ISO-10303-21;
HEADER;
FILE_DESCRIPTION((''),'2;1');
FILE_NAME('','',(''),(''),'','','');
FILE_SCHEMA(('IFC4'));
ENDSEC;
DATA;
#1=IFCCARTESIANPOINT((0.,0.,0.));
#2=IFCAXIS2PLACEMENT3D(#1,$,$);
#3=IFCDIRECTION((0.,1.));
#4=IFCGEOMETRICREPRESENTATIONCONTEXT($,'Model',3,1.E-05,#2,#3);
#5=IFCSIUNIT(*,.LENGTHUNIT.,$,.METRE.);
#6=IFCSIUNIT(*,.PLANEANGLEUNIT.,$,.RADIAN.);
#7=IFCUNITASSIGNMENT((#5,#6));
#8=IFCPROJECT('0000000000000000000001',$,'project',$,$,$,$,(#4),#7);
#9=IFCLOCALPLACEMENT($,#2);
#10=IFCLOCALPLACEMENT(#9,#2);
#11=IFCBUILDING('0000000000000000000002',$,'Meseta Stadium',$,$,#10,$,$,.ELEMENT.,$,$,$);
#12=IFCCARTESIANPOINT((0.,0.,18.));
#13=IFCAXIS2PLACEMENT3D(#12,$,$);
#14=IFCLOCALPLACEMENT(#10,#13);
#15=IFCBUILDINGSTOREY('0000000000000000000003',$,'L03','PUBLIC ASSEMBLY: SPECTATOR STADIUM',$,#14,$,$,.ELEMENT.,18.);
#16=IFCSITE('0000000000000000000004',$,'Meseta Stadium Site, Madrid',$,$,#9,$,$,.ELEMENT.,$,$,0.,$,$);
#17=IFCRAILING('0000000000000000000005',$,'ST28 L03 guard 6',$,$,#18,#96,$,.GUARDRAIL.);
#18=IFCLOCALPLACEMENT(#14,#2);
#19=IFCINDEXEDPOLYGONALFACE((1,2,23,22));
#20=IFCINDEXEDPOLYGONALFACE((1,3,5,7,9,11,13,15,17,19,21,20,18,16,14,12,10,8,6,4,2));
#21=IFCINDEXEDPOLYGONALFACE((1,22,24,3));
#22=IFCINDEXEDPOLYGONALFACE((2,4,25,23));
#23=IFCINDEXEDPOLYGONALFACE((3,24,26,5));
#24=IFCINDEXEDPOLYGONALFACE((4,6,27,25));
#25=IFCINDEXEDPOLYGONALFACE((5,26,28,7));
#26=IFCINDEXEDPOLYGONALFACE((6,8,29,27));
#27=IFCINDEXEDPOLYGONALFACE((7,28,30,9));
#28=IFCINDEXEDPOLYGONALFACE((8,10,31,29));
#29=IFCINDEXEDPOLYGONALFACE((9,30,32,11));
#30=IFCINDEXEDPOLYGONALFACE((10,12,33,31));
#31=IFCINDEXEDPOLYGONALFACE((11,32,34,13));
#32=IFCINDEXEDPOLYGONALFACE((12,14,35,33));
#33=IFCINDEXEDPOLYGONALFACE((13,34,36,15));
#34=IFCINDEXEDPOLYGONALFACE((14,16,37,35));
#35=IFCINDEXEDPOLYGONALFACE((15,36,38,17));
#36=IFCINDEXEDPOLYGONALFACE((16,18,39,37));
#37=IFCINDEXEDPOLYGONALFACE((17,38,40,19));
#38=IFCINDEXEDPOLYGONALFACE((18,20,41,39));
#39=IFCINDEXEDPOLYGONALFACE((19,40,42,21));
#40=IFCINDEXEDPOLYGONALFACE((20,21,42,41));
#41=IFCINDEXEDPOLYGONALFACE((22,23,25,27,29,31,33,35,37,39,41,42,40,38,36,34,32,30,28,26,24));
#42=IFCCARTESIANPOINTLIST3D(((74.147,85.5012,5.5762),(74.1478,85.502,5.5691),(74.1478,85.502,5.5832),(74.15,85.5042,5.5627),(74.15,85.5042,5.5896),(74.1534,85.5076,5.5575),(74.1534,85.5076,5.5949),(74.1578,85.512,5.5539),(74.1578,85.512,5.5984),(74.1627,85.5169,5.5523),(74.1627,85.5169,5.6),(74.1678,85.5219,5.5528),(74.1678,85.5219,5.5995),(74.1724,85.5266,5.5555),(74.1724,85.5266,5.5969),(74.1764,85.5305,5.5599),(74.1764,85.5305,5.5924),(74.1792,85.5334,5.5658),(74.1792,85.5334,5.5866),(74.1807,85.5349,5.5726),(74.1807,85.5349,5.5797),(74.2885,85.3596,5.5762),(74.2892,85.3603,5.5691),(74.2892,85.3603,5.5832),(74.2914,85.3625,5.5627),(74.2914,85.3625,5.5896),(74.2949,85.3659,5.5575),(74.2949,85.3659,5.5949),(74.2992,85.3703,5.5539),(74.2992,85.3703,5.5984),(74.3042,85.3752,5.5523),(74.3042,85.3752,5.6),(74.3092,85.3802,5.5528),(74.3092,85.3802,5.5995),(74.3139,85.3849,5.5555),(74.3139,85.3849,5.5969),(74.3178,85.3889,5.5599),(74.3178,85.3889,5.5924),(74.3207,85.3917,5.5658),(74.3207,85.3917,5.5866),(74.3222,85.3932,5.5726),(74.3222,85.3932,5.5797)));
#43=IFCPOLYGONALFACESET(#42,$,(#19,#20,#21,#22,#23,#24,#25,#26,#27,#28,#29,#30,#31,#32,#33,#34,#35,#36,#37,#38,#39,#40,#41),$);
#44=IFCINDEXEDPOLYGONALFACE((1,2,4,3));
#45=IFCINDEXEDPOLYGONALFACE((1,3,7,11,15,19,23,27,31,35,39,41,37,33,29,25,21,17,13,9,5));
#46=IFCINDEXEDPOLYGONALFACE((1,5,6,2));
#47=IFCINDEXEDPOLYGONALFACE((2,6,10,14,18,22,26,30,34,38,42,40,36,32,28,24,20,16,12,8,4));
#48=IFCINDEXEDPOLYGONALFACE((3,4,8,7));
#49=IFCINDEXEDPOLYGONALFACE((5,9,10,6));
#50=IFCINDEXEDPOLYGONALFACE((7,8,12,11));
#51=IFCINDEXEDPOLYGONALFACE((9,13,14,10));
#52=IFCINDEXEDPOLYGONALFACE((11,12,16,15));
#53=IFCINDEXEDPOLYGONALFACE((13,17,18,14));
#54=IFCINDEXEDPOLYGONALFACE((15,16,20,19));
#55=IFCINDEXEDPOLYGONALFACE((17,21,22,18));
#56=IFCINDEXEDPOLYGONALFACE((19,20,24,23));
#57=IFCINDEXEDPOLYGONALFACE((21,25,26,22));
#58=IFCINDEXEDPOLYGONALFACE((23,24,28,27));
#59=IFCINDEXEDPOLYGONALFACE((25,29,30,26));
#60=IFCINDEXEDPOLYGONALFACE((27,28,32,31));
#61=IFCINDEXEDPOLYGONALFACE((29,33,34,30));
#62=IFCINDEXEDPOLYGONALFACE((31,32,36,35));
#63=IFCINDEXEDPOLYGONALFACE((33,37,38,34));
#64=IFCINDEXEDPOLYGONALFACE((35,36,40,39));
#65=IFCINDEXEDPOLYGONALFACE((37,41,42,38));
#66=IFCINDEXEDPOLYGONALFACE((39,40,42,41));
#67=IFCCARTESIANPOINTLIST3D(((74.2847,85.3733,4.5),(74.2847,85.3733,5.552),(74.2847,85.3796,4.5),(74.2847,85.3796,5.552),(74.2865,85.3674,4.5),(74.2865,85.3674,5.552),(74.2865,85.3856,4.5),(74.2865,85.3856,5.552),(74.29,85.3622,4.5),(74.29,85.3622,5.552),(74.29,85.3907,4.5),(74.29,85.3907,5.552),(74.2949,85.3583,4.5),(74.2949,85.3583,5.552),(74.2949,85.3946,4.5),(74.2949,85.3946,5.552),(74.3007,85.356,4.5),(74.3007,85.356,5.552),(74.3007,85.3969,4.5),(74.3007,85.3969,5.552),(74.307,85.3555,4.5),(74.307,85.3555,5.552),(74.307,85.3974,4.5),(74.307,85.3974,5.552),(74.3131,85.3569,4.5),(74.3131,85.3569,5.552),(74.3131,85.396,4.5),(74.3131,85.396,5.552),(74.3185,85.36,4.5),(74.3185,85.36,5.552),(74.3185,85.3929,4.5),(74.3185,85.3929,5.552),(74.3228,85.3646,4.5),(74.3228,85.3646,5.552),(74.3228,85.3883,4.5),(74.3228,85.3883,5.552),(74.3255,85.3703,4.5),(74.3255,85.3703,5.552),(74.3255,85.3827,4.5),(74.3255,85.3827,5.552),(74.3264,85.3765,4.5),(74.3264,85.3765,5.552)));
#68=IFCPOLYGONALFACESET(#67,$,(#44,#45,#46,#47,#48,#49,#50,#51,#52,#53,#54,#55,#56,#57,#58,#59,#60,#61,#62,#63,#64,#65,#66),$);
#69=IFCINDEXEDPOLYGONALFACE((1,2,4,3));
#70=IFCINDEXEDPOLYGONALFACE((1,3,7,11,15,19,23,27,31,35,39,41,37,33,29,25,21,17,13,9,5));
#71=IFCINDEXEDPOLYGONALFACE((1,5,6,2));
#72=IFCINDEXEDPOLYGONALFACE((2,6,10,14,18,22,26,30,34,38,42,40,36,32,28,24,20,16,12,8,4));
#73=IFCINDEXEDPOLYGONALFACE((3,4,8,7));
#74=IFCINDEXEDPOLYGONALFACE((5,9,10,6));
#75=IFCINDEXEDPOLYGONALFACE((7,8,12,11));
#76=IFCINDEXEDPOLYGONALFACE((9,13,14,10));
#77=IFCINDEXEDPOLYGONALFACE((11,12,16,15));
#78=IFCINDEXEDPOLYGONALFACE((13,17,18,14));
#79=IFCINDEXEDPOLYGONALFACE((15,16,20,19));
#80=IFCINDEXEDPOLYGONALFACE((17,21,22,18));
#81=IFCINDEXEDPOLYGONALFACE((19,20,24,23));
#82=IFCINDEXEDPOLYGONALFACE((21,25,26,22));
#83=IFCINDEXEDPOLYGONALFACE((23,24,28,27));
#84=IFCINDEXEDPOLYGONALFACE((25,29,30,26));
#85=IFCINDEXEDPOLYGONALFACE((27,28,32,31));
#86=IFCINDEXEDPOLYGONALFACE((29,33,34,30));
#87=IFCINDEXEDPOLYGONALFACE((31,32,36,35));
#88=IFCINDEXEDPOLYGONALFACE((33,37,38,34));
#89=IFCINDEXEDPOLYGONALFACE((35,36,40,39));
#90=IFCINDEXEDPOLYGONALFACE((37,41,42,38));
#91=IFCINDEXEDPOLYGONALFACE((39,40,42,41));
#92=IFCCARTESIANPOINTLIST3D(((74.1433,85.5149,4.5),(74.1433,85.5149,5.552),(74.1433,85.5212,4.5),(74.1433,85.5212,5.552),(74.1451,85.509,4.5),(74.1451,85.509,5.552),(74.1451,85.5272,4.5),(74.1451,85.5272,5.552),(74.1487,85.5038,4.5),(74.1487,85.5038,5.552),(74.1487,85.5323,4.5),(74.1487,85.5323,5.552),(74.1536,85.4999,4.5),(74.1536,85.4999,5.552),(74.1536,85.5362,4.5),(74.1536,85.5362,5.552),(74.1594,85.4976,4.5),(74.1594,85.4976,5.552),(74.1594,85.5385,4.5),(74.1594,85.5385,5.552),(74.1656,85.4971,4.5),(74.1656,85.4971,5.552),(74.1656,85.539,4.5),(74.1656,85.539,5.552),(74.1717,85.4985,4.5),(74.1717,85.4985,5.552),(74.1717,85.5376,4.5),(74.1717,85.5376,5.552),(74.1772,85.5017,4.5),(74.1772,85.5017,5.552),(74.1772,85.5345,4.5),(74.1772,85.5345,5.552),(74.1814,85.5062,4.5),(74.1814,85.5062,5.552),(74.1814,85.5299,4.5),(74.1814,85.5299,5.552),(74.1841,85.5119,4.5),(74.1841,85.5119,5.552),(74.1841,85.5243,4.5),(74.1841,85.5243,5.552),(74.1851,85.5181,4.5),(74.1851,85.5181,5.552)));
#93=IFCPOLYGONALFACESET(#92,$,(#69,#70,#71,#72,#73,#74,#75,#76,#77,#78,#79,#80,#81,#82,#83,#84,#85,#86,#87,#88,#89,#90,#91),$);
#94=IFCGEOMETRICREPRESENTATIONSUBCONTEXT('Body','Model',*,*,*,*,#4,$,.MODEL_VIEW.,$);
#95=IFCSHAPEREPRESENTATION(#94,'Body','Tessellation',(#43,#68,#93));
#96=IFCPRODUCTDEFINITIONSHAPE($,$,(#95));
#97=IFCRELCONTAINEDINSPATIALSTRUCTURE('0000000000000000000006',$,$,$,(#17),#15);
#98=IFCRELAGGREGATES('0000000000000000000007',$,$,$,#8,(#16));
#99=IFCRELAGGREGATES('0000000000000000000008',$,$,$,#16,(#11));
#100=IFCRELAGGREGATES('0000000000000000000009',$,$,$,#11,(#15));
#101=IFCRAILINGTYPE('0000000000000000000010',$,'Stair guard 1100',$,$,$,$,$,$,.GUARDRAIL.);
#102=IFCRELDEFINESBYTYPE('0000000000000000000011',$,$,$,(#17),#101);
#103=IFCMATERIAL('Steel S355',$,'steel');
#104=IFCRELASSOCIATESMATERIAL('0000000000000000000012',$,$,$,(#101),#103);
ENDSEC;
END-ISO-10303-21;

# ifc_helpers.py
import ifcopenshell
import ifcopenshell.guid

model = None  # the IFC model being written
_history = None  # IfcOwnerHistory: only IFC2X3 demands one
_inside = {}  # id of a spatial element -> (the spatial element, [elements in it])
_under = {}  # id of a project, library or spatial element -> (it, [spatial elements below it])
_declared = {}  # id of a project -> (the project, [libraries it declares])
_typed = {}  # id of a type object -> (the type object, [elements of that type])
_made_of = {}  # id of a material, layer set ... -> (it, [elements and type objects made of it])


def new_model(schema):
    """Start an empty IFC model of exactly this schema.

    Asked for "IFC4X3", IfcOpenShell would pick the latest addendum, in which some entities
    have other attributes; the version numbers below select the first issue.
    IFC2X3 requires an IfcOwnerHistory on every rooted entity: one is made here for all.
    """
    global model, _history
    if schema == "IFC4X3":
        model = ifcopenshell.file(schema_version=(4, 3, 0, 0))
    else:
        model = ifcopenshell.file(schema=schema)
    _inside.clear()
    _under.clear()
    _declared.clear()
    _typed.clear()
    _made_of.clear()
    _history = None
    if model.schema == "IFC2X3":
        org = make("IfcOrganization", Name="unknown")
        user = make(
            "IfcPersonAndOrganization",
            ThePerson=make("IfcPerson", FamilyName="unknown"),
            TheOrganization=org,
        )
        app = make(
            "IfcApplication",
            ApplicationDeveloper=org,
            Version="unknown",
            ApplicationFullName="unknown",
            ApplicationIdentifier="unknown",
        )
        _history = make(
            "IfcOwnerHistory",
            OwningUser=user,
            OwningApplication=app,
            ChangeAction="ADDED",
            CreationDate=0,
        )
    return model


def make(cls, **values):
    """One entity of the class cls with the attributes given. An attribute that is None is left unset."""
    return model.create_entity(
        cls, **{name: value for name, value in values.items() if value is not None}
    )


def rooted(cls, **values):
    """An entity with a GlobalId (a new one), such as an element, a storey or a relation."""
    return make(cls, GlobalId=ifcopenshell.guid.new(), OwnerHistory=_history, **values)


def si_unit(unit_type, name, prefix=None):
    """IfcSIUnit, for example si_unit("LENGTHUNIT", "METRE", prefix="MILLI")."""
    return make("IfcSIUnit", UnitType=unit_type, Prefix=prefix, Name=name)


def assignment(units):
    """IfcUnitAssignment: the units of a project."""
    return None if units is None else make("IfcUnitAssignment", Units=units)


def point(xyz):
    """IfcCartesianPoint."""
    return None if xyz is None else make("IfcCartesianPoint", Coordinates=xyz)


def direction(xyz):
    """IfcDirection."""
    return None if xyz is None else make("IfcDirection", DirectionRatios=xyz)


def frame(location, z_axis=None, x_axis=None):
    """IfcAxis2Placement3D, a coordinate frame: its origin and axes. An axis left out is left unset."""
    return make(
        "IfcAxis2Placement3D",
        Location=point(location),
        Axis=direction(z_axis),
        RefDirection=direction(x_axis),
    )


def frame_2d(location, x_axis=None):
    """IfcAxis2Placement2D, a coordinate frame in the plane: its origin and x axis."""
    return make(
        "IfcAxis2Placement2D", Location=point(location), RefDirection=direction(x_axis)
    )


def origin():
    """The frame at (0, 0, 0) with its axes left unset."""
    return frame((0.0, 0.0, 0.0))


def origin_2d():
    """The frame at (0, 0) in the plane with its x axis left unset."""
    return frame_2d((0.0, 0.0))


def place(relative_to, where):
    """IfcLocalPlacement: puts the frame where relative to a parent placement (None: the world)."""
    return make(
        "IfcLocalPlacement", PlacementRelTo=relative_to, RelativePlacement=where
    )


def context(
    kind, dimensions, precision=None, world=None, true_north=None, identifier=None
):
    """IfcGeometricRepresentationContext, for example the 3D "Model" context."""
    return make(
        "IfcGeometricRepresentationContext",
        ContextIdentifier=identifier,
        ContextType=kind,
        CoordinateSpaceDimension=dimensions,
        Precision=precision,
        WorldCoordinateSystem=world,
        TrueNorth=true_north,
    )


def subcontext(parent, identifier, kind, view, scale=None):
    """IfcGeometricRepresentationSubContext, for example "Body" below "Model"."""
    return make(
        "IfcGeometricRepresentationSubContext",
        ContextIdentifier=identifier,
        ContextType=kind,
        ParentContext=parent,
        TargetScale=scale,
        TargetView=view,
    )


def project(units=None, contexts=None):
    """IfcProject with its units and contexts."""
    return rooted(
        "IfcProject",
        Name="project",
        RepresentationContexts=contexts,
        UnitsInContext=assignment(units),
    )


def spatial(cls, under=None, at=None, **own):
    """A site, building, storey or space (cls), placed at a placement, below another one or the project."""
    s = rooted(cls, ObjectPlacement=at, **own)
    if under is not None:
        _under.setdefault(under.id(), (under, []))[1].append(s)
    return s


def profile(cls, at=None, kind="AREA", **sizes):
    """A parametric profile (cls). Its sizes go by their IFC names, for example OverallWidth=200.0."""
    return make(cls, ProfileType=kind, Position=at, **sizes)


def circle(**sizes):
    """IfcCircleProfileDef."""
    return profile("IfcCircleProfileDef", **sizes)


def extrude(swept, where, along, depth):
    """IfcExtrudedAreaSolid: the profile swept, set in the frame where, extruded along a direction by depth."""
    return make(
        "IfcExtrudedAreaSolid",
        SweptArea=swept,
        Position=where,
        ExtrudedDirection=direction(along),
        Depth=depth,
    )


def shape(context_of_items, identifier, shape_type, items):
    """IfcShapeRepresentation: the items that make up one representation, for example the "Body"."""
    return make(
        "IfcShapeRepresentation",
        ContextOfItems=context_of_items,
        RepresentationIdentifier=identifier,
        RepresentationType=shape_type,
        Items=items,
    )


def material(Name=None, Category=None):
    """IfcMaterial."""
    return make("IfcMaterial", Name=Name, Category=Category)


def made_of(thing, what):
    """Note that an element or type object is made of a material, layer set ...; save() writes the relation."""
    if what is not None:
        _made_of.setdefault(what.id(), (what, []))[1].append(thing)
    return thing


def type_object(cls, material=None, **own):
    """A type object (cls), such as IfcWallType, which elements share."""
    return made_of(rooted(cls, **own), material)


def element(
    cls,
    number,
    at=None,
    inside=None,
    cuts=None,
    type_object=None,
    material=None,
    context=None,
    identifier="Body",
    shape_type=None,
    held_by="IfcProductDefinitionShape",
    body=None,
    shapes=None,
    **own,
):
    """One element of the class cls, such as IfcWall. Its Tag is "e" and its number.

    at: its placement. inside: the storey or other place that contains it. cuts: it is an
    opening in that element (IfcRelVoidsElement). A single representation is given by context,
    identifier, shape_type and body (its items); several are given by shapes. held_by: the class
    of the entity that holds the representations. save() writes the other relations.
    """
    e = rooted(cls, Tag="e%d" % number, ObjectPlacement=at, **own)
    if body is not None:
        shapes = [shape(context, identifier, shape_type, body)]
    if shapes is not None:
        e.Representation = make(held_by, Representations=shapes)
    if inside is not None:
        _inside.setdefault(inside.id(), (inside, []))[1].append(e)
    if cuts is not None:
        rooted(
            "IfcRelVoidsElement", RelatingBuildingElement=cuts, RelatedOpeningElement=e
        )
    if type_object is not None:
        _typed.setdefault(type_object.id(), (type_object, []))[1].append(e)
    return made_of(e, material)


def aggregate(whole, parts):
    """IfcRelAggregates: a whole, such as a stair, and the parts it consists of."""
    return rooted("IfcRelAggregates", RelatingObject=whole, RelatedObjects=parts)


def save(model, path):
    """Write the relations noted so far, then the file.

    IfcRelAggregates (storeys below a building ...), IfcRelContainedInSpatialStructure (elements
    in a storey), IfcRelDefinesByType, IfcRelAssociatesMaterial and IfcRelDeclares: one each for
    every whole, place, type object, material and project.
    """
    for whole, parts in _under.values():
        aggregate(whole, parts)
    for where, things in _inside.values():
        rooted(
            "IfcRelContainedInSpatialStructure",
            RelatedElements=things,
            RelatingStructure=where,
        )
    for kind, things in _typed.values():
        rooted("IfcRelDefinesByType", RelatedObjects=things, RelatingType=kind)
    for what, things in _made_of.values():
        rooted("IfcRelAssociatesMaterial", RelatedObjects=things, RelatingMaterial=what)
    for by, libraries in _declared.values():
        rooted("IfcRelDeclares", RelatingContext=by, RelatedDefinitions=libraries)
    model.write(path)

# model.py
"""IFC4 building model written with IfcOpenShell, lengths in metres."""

from ifc_helpers import new_model, si_unit, direction, frame, origin, origin_2d, place, context, subcontext, project, spatial, circle, extrude, material, type_object, element, save


model = new_model("IFC4")

# Units and contexts
model_context = context("Model", 3, precision=1e-05, world=origin(), true_north=direction((0.0, 1.0)))
body_context = subcontext(model_context, "Body", "Model", "MODEL_VIEW")
ifc_project = project(units=[si_unit("LENGTHUNIT", "METRE"), si_unit("PLANEANGLEUNIT", "RADIAN")], contexts=[model_context])

# Site, building, storey
site_placement = place(None, origin())
site = spatial("IfcSite", under=ifc_project, at=site_placement, Name="Meseta Stadium Site, Madrid", CompositionType="ELEMENT", RefElevation=0.0)
building_placement = place(site_placement, origin())
building = spatial("IfcBuilding", under=site, at=building_placement, Name="Meseta Stadium", CompositionType="ELEMENT")
storey_placement = place(building_placement, frame((0.0, 0.0, 18.0)))
storey = spatial("IfcBuildingStorey", under=building, at=storey_placement, Name="L03", Description="PUBLIC ASSEMBLY: SPECTATOR STADIUM", CompositionType="ELEMENT", Elevation=18.0)

# Railing
ifc_material_1 = material(Name="Steel S355", Category="steel")
railing_type_1 = type_object("IfcRailingType", Name="Stair guard 1100", PredefinedType="GUARDRAIL", material=ifc_material_1)
railing_1_placement = place(storey_placement, frame((74.3054, 85.3765, 4.5)))
element("IfcRailing", 1, at=railing_1_placement, inside=storey, type_object=railing_type_1, Name="ST28 L03 guard 6", PredefinedType="GUARDRAIL", context=body_context, shape_type="SweptSolid", body=[
    extrude(circle(Radius=0.0239, at=origin_2d()), frame((0.0, 0.0, 1.0762), z_axis=(-0.706496, 0.707717, 0.0), x_axis=(-0.707717, -0.706496, 0.0)), (0.0, 0.0, 1.0), 0.2002),
    extrude(circle(Radius=0.021, at=origin_2d()), origin(), (0.0, 0.0, 1.0), 1.052),
    extrude(circle(Radius=0.021, at=origin_2d()), frame((-0.1414, 0.1416, 0.0)), (0.0, 0.0, 1.0), 1.052),
])

save(model, "model.ifc")
